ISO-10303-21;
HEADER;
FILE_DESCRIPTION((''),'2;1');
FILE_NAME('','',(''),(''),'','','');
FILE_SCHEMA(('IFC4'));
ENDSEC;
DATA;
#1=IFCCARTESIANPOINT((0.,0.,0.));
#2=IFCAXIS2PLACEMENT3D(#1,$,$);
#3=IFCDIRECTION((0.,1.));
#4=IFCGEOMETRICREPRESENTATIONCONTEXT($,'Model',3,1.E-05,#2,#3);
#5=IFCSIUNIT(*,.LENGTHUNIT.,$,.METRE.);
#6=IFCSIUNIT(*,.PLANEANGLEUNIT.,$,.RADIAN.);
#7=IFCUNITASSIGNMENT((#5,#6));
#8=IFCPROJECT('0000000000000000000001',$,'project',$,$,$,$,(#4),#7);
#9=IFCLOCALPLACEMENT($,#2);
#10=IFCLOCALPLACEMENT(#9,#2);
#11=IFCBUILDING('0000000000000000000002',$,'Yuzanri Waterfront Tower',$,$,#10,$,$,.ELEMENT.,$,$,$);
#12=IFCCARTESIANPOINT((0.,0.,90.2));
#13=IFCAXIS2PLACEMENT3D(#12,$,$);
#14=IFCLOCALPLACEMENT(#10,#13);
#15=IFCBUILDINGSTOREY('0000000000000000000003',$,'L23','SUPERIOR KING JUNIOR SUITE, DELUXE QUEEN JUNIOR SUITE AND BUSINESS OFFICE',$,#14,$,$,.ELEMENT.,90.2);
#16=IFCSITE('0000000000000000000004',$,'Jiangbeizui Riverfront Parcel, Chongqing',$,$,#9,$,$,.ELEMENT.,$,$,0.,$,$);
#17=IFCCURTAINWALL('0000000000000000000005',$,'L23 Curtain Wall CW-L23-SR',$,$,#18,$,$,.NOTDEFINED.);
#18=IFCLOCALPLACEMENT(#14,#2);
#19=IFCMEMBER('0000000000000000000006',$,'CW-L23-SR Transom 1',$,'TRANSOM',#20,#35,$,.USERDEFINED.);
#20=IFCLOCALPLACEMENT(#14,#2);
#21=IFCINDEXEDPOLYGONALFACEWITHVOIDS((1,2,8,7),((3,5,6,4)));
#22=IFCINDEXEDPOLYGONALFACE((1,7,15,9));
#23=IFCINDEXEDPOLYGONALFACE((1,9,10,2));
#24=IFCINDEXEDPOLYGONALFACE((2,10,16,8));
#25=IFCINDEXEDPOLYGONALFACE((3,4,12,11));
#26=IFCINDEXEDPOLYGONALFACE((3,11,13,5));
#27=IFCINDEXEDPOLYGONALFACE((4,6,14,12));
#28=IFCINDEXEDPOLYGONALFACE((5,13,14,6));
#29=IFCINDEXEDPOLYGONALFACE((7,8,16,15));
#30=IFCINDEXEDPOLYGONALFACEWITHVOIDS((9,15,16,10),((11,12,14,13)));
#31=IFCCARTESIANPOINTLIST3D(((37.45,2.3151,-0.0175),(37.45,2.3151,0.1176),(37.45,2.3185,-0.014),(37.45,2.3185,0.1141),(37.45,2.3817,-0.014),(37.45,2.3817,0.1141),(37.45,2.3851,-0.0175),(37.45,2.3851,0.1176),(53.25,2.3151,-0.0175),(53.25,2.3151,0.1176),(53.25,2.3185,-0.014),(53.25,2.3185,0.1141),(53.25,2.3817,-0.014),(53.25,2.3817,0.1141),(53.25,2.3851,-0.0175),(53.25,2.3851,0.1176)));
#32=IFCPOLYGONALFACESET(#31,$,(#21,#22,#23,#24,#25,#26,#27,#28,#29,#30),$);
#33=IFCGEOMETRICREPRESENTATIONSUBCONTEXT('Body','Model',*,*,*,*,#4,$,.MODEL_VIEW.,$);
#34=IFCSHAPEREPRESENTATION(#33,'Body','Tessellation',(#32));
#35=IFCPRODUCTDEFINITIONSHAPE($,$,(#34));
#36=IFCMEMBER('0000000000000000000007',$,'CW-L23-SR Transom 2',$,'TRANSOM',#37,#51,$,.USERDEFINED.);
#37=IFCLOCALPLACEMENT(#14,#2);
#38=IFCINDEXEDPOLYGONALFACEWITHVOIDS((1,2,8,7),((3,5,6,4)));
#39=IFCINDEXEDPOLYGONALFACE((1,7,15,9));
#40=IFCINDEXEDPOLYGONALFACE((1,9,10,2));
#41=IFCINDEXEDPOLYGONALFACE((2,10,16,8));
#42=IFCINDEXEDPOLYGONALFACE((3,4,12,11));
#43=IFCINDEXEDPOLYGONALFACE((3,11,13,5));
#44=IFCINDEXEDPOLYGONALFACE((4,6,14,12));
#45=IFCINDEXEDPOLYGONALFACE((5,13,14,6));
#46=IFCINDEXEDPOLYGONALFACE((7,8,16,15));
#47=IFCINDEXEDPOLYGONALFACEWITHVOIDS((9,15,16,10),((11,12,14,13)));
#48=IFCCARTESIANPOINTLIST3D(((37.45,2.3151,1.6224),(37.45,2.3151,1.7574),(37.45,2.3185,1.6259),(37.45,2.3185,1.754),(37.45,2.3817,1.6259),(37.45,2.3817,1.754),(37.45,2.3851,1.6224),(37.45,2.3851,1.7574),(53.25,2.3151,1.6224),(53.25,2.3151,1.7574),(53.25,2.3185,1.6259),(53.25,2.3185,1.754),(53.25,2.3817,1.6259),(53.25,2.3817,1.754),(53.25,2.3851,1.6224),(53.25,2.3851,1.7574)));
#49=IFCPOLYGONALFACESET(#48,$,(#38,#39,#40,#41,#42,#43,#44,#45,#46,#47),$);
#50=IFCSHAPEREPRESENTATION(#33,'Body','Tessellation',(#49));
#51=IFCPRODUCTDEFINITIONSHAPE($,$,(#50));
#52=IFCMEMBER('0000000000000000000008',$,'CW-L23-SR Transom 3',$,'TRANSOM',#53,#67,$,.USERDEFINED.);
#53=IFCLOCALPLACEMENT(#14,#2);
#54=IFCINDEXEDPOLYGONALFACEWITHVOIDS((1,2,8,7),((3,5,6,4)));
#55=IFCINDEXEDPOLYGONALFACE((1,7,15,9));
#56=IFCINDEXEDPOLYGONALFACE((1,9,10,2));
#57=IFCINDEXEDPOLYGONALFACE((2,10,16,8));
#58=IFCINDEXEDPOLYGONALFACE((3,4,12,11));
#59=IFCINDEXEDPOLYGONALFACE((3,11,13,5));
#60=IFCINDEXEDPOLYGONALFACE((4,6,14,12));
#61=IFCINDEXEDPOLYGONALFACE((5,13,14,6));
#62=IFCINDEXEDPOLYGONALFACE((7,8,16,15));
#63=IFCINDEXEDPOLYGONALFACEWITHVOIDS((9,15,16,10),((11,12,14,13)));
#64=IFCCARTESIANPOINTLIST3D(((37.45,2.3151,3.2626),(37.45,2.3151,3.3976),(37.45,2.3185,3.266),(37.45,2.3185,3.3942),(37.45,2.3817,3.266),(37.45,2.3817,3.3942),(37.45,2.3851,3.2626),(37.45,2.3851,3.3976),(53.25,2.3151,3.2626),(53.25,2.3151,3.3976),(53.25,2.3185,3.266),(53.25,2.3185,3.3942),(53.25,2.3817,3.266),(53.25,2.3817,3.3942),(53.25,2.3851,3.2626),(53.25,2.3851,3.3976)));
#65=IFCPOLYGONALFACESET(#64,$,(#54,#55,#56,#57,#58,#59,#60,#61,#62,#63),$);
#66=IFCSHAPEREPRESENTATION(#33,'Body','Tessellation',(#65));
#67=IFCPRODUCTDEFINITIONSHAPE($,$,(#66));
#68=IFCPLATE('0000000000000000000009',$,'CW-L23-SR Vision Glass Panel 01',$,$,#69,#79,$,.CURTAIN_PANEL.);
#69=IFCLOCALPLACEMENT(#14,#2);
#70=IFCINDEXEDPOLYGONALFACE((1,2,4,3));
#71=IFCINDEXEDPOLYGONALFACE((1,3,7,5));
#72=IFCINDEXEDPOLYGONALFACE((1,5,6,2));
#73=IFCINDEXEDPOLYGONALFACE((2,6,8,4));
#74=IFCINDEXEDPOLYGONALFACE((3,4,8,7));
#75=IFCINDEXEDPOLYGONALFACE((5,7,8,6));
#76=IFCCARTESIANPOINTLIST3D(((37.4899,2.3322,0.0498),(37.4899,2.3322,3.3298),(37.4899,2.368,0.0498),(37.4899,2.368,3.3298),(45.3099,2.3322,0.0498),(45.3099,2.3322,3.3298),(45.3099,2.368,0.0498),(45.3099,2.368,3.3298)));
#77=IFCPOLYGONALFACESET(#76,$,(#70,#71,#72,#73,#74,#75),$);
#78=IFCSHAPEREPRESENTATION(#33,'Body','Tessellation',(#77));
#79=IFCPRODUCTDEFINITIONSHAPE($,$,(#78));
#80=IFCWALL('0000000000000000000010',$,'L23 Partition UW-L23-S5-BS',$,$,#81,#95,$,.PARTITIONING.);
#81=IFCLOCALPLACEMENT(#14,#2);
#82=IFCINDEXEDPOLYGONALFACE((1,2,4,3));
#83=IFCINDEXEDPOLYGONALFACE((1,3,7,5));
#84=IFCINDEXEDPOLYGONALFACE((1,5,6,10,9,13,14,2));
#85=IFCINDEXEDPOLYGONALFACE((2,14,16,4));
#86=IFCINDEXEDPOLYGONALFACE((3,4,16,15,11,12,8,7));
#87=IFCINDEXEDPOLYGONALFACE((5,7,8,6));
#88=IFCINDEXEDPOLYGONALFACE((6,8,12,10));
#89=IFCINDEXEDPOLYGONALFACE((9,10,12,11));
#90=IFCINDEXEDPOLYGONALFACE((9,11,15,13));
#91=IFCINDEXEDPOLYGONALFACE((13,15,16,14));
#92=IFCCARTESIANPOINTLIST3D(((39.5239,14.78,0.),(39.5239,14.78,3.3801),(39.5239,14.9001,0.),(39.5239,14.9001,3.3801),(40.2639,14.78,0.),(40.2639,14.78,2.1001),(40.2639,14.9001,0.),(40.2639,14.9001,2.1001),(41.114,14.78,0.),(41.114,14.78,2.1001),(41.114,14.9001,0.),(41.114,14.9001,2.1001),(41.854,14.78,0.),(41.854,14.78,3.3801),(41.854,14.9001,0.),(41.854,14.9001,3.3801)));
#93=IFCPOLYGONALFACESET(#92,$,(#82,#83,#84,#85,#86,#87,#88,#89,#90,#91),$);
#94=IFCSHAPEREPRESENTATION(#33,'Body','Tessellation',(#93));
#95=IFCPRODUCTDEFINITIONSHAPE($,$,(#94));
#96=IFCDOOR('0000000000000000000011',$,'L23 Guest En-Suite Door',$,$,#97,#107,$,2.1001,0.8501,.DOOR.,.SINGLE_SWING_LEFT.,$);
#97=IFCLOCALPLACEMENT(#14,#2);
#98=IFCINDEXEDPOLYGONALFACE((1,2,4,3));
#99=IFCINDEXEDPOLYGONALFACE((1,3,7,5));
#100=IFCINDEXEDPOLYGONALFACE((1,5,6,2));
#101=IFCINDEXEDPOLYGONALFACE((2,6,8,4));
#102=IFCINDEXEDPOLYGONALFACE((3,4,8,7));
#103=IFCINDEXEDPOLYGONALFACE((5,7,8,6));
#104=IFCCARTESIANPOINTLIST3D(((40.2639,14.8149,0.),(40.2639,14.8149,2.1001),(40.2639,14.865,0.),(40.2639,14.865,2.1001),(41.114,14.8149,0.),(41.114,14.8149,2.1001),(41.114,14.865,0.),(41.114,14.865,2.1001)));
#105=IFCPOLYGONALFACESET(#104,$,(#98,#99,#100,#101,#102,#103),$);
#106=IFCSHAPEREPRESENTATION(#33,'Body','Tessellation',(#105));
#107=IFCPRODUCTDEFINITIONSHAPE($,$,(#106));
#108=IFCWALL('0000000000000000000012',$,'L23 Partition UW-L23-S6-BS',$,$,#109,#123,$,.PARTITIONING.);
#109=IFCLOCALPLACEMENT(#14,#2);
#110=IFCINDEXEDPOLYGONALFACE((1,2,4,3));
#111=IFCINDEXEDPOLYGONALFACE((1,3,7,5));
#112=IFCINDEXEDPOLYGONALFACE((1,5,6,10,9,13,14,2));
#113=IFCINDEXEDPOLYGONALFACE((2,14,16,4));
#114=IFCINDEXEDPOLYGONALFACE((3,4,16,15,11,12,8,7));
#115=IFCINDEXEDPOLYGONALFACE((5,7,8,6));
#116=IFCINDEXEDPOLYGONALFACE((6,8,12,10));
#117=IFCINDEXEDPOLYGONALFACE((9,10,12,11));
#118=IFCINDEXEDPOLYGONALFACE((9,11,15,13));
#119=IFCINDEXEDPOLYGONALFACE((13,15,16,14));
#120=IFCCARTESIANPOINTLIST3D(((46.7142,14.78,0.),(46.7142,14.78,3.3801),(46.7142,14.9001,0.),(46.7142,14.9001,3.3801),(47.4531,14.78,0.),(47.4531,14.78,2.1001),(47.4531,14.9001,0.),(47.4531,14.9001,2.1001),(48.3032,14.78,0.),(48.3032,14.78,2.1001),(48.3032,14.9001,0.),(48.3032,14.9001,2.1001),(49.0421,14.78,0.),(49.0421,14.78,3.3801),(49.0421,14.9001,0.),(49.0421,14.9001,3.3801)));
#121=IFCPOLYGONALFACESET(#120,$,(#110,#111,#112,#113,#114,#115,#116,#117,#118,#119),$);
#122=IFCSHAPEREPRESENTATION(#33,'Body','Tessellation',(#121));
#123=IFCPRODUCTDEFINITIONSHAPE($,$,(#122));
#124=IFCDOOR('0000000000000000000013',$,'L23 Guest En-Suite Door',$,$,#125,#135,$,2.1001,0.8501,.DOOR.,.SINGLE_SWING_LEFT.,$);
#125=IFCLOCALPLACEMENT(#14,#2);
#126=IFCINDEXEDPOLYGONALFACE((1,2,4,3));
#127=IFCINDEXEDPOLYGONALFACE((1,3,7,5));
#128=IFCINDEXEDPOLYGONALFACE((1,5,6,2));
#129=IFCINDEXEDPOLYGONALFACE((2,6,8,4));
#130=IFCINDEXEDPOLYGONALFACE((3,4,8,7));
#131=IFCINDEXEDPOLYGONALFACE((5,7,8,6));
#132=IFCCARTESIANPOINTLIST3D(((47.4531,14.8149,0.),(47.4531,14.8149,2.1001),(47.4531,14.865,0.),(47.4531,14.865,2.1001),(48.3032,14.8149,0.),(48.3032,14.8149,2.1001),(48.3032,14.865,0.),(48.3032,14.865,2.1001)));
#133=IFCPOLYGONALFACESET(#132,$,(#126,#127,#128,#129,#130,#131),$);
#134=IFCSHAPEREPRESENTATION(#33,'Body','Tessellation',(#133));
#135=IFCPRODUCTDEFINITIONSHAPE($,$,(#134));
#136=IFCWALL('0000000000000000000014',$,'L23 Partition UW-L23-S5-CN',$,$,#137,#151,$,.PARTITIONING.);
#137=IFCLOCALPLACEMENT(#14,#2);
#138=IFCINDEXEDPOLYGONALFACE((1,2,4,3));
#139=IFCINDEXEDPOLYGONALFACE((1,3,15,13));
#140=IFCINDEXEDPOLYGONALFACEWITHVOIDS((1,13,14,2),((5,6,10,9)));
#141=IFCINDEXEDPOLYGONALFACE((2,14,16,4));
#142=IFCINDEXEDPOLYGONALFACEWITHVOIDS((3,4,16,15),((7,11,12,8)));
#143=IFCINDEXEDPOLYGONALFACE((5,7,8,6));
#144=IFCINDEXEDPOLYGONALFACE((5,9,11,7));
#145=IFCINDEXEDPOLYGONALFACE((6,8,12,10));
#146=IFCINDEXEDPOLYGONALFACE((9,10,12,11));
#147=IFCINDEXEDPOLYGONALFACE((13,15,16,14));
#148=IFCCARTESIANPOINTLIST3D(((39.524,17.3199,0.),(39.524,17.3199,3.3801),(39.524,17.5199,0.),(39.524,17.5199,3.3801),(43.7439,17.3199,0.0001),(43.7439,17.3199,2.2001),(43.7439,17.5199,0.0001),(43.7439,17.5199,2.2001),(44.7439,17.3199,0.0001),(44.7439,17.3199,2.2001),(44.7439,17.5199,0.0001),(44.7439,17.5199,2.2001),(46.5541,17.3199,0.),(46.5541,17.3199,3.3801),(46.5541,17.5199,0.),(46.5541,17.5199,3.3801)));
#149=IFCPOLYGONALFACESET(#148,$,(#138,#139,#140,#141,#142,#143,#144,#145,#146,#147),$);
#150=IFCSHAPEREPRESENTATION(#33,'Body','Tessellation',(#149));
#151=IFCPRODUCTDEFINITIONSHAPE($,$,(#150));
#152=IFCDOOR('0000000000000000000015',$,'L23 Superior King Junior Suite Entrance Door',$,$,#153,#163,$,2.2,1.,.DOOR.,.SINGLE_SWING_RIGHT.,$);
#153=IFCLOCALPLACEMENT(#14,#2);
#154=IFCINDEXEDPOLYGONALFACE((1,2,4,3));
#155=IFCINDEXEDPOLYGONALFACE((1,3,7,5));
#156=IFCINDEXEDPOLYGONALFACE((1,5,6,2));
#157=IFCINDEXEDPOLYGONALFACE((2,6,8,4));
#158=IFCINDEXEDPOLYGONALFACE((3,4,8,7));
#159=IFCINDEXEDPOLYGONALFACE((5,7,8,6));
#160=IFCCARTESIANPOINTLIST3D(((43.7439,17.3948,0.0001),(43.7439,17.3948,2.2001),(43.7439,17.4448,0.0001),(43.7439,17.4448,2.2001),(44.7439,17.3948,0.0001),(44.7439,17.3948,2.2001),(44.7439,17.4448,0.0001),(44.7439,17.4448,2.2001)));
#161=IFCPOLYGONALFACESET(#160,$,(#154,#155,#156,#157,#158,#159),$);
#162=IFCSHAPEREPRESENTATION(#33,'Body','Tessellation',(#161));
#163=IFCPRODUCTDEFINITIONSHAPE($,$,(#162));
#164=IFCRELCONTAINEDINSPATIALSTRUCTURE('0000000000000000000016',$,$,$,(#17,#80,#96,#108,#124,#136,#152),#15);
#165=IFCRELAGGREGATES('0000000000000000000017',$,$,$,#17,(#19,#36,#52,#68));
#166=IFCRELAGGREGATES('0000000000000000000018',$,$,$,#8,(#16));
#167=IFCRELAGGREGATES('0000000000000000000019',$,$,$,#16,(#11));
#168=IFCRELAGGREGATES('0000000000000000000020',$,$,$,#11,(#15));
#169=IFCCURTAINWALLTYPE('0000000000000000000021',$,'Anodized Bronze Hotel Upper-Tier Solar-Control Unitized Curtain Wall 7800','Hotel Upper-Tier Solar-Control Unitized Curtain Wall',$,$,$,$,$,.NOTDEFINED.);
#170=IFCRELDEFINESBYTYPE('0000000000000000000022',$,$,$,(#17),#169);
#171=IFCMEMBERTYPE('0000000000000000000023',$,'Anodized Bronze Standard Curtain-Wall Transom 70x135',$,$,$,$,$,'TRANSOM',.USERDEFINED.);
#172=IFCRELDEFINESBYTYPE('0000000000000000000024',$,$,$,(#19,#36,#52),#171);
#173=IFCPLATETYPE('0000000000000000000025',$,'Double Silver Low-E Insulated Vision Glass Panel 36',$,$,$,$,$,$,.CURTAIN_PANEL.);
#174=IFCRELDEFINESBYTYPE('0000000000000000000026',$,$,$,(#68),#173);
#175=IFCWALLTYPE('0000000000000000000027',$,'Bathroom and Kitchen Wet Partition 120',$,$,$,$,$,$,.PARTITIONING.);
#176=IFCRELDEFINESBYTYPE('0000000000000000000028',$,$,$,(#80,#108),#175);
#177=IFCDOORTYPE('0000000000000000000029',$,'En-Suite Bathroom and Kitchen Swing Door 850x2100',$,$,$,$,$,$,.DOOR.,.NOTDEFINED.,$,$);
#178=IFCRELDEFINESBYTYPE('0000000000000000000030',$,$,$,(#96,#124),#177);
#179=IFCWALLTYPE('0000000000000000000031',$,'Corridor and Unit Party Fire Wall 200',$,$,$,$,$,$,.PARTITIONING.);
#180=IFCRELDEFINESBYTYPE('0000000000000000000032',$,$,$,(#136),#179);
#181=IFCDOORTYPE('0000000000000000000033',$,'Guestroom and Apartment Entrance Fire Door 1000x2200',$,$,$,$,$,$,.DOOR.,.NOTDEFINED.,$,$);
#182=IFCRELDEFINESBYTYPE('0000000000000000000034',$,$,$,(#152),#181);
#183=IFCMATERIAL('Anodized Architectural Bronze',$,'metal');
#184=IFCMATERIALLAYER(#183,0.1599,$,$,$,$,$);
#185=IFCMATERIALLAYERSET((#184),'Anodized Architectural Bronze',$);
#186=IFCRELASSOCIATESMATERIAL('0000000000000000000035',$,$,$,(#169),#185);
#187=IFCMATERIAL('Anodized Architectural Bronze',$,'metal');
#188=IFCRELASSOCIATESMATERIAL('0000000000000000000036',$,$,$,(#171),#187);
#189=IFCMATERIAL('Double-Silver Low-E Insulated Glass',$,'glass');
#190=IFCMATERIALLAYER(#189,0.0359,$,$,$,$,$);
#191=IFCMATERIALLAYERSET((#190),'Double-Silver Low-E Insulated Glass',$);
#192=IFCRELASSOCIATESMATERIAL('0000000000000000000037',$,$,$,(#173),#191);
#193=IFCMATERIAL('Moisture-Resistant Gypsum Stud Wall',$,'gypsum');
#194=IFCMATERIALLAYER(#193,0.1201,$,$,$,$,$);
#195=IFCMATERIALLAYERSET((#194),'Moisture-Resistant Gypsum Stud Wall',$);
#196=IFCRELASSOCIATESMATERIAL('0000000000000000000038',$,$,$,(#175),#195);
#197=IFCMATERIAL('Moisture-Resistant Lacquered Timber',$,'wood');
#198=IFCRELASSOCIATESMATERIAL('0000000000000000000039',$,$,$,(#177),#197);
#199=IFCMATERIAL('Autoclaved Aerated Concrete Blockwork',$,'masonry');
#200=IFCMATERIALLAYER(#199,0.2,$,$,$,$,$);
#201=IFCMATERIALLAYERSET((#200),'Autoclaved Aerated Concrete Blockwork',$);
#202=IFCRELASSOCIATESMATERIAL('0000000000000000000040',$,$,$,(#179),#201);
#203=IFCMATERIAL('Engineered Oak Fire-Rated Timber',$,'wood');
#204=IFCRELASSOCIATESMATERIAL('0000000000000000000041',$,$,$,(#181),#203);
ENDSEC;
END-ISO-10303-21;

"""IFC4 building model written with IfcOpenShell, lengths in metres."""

from ifc_helpers import new_model, si_unit, direction, frame, frame_2d, origin, origin_2d, place, context, subcontext, project, spatial, rectangle, hollow_rectangle, extrude, source, transform, mapped, material, layer, layer_set, material_profile, profile_set, type_object, element, fill, aggregate, save


model = new_model("IFC4")

# Units and contexts
model_context = context("Model", 3, precision=1e-05, world=origin(), true_north=direction((0.0, 1.0)))
body_context = subcontext(model_context, "Body", "Model", "MODEL_VIEW")
ifc_project = project(units=[si_unit("LENGTHUNIT", "METRE"), si_unit("PLANEANGLEUNIT", "RADIAN")], contexts=[model_context])

# Site, building, storey
site_placement = place(None, origin())
site = spatial("IfcSite", under=ifc_project, at=site_placement, Name="Jiangbeizui Riverfront Parcel, Chongqing", CompositionType="ELEMENT", RefElevation=0.0)
building_placement = place(site_placement, origin())
building = spatial("IfcBuilding", under=site, at=building_placement, Name="Yuzanri Waterfront Tower", CompositionType="ELEMENT")
storey_placement = place(building_placement, frame((0.0, 0.0, 90.2)))
storey = spatial("IfcBuildingStorey", under=building, at=storey_placement, Name="L23", Description="SUPERIOR KING JUNIOR SUITE, DELUXE QUEEN JUNIOR SUITE AND BUSINESS OFFICE", CompositionType="ELEMENT", Elevation=90.2)

# Shared definitions
ifc_material_1 = material(Name="Anodized Architectural Bronze", Category="metal")
ifc_layer_1 = layer(ifc_material_1, 0.1599)
ifc_layer_set_1 = layer_set([ifc_layer_1], Name="Anodized Architectural Bronze")
curtain_wall_type = type_object("IfcCurtainWallType", Name="Anodized Bronze Hotel Upper-Tier Solar-Control Unitized Curtain Wall 7800", Description="Hotel Upper-Tier Solar-Control Unitized Curtain Wall", PredefinedType="NOTDEFINED", material=ifc_layer_set_1)

# Curtain wall, members, plate
curtain_wall_1_placement = place(storey_placement, origin())
curtain_wall_1 = element("IfcCurtainWall", 1, at=curtain_wall_1_placement, inside=storey, type_object=curtain_wall_type, Name="L23 Curtain Wall CW-L23-SR", PredefinedType="NOTDEFINED")
ifc_material_2 = material(Name="Anodized Architectural Bronze", Category="metal")
ifc_material_profile_1 = material_profile(ifc_material_2, hollow_rectangle(XDim=0.0701, YDim=0.135, WallThickness=0.0034, at=origin_2d()), Name="CWT 70x135")
ifc_profile_set_1 = profile_set([ifc_material_profile_1], Name="Anodized Architectural Bronze")
member_type_1 = type_object("IfcMemberType", Name="Anodized Bronze Standard Curtain-Wall Transom 70x135", ElementType="TRANSOM", PredefinedType="USERDEFINED", material=ifc_profile_set_1)
shared_shape_1 = source(origin(), body_context, "Body", "SweptSolid", [
    extrude(hollow_rectangle(XDim=0.0701, YDim=0.135, WallThickness=0.0034, at=origin_2d()), origin(), (0.0, 0.0, 1.0), 15.8),
])
member_1_placement = place(storey_placement, frame((37.45, 2.3501, 0.05), z_axis=(1.0, 0.0, 0.0), x_axis=(0.0, 1.0, 0.0)))
member_1 = element("IfcMember", 2, at=member_1_placement, type_object=member_type_1, Name="CW-L23-SR Transom 1", ObjectType="TRANSOM", PredefinedType="USERDEFINED", context=body_context, shape_type="MappedRepresentation", body=[
    mapped(shared_shape_1, transform((0.0, 0.0, 0.0), scale=1.0)),
])
member_2_placement = place(storey_placement, frame((37.45, 2.3501, 1.6899), z_axis=(1.0, 0.0, 0.0), x_axis=(0.0, 1.0, 0.0)))
member_2 = element("IfcMember", 3, at=member_2_placement, type_object=member_type_1, Name="CW-L23-SR Transom 2", ObjectType="TRANSOM", PredefinedType="USERDEFINED", context=body_context, shape_type="MappedRepresentation", body=[
    mapped(shared_shape_1, transform((0.0, 0.0, 0.0), scale=1.0)),
])
member_3_placement = place(storey_placement, frame((37.45, 2.3501, 3.3301), z_axis=(1.0, 0.0, 0.0), x_axis=(0.0, 1.0, 0.0)))
member_3 = element("IfcMember", 4, at=member_3_placement, type_object=member_type_1, Name="CW-L23-SR Transom 3", ObjectType="TRANSOM", PredefinedType="USERDEFINED", context=body_context, shape_type="MappedRepresentation", body=[
    mapped(shared_shape_1, transform((0.0, 0.0, 0.0), scale=1.0)),
])
ifc_material_3 = material(Name="Double-Silver Low-E Insulated Glass", Category="glass")
ifc_layer_2 = layer(ifc_material_3, 0.0359)
ifc_layer_set_2 = layer_set([ifc_layer_2], Name="Double-Silver Low-E Insulated Glass")
plate_type = type_object("IfcPlateType", Name="Double Silver Low-E Insulated Vision Glass Panel 36", PredefinedType="CURTAIN_PANEL", material=ifc_layer_set_2)
shared_shape_2 = source(origin(), body_context, "Body", "SweptSolid", [
    extrude(rectangle(XDim=7.8201, YDim=0.0359, at=origin_2d()), origin(), (0.0, 0.0, 1.0), 3.28),
])
plate_placement = place(storey_placement, frame((41.3999, 2.3501, 0.0498), z_axis=(0.0, 0.0, 1.0), x_axis=(1.0, 0.0, 0.0)))
plate = element("IfcPlate", 5, at=plate_placement, type_object=plate_type, Name="CW-L23-SR Vision Glass Panel 01", PredefinedType="CURTAIN_PANEL", context=body_context, shape_type="MappedRepresentation", body=[
    mapped(shared_shape_2, transform((0.0, 0.0, 0.0), scale=1.0)),
])
aggregate(curtain_wall_1, [member_1, member_2, member_3, plate])

# Walls, openings, doors
ifc_material_4 = material(Name="Moisture-Resistant Gypsum Stud Wall", Category="gypsum")
ifc_layer_3 = layer(ifc_material_4, 0.1201)
ifc_layer_set_3 = layer_set([ifc_layer_3], Name="Moisture-Resistant Gypsum Stud Wall")
wall_type_1 = type_object("IfcWallType", Name="Bathroom and Kitchen Wet Partition 120", PredefinedType="PARTITIONING", material=ifc_layer_set_3)
wall_1_placement = place(storey_placement, frame((39.5239, 14.8401, 0.0), z_axis=(0.0, 0.0, 1.0), x_axis=(1.0, 0.0, 0.0)))
wall_1 = element("IfcWall", 6, at=wall_1_placement, inside=storey, type_object=wall_type_1, Name="L23 Partition UW-L23-S5-BS", PredefinedType="PARTITIONING", context=body_context, shape_type="SweptSolid", body=[
    extrude(rectangle(XDim=2.3301, YDim=0.1201, at=frame_2d((1.165, 0.0))), origin(), (0.0, 0.0, 1.0), 3.3801),
])
opening_1_placement = place(wall_1_placement, frame((0.74, 0.0, 0.0)))
opening_1 = element("IfcOpeningElement", 7, at=opening_1_placement, cuts=wall_1, PredefinedType="OPENING", context=body_context, shape_type="SweptSolid", body=[
    extrude(rectangle(XDim=0.8501, YDim=2.1001, at=frame_2d((0.425, 1.05))), frame((0.0, 0.075, 0.0), z_axis=(0.0, -1.0, 0.0), x_axis=(1.0, 0.0, 0.0)), (0.0, 0.0, 1.0), 0.1499),
])
ifc_material_5 = material(Name="Moisture-Resistant Lacquered Timber", Category="wood")
door_type_1 = type_object("IfcDoorType", Name="En-Suite Bathroom and Kitchen Swing Door 850x2100", OperationType="NOTDEFINED", PredefinedType="DOOR", material=ifc_material_5)
shared_shape_3 = source(origin(), body_context, "Body", "SweptSolid", [
    extrude(rectangle(XDim=0.8501, YDim=2.1001, at=frame_2d((0.425, 1.05))), frame((0.0, 0.0249, 0.0), z_axis=(0.0, -1.0, 0.0), x_axis=(1.0, 0.0, 0.0)), (0.0, 0.0, 1.0), 0.05),
])
door_1_placement = place(opening_1_placement, origin())
door_1 = element("IfcDoor", 8, at=door_1_placement, inside=storey, type_object=door_type_1, Name="L23 Guest En-Suite Door", OperationType="SINGLE_SWING_LEFT", OverallHeight=2.1001, OverallWidth=0.8501, PredefinedType="DOOR", context=body_context, shape_type="MappedRepresentation", body=[
    mapped(shared_shape_3, transform((0.0, 0.0, 0.0), scale=1.0)),
])
fill(opening_1, door_1)
wall_2_placement = place(storey_placement, frame((46.7141, 14.8401, 0.0), z_axis=(0.0, 0.0, 1.0), x_axis=(1.0, 0.0, 0.0)))
wall_2 = element("IfcWall", 9, at=wall_2_placement, inside=storey, type_object=wall_type_1, Name="L23 Partition UW-L23-S6-BS", PredefinedType="PARTITIONING", context=body_context, shape_type="SweptSolid", body=[
    extrude(rectangle(XDim=2.3279, YDim=0.1201, at=frame_2d((1.1641, 0.0))), origin(), (0.0, 0.0, 1.0), 3.3801),
])
opening_2_placement = place(wall_2_placement, frame((0.739, 0.0, 0.0)))
opening_2 = element("IfcOpeningElement", 10, at=opening_2_placement, cuts=wall_2, PredefinedType="OPENING", context=body_context, shape_type="SweptSolid", body=[
    extrude(rectangle(XDim=0.8501, YDim=2.1001, at=frame_2d((0.425, 1.05))), frame((0.0, 0.075, 0.0), z_axis=(0.0, -1.0, 0.0), x_axis=(1.0, 0.0, 0.0)), (0.0, 0.0, 1.0), 0.1499),
])
door_2_placement = place(opening_2_placement, origin())
door_2 = element("IfcDoor", 11, at=door_2_placement, inside=storey, type_object=door_type_1, Name="L23 Guest En-Suite Door", OperationType="SINGLE_SWING_LEFT", OverallHeight=2.1001, OverallWidth=0.8501, PredefinedType="DOOR", context=body_context, shape_type="MappedRepresentation", body=[
    mapped(shared_shape_3, transform((0.0, 0.0, 0.0), scale=1.0)),
])
fill(opening_2, door_2)
ifc_material_6 = material(Name="Autoclaved Aerated Concrete Blockwork", Category="masonry")
ifc_layer_4 = layer(ifc_material_6, 0.2)
ifc_layer_set_4 = layer_set([ifc_layer_4], Name="Autoclaved Aerated Concrete Blockwork")
wall_type_2 = type_object("IfcWallType", Name="Corridor and Unit Party Fire Wall 200", PredefinedType="PARTITIONING", material=ifc_layer_set_4)
wall_3_placement = place(storey_placement, frame((39.5239, 17.4199, 0.0), z_axis=(0.0, 0.0, 1.0), x_axis=(1.0, 0.0, 0.0)))
wall_3 = element("IfcWall", 12, at=wall_3_placement, inside=storey, type_object=wall_type_2, Name="L23 Partition UW-L23-S5-CN", PredefinedType="PARTITIONING", context=body_context, shape_type="SweptSolid", body=[
    extrude(rectangle(XDim=7.03, YDim=0.2, at=frame_2d((3.5151, 0.0))), origin(), (0.0, 0.0, 1.0), 3.3801),
])
opening_3_placement = place(wall_3_placement, frame((4.22, 0.0, 0.0)))
opening_3 = element("IfcOpeningElement", 13, at=opening_3_placement, cuts=wall_3, PredefinedType="OPENING", context=body_context, shape_type="SweptSolid", body=[
    extrude(rectangle(XDim=1.0, YDim=2.2, at=frame_2d((0.5, 1.1001))), frame((0.0, 0.1147, 0.0), z_axis=(0.0, -1.0, 0.0), x_axis=(1.0, 0.0, 0.0)), (0.0, 0.0, 1.0), 0.2297),
])
ifc_material_7 = material(Name="Engineered Oak Fire-Rated Timber", Category="wood")
door_type_2 = type_object("IfcDoorType", Name="Guestroom and Apartment Entrance Fire Door 1000x2200", OperationType="NOTDEFINED", PredefinedType="DOOR", material=ifc_material_7)
shared_shape_4 = source(origin(), body_context, "Body", "SweptSolid", [
    extrude(rectangle(XDim=1.0, YDim=2.2, at=frame_2d((0.5, 1.1001))), frame((0.0, 0.0249, 0.0), z_axis=(0.0, -1.0, 0.0), x_axis=(1.0, 0.0, 0.0)), (0.0, 0.0, 1.0), 0.05),
])
door_3_placement = place(opening_3_placement, origin())
door_3 = element("IfcDoor", 14, at=door_3_placement, inside=storey, type_object=door_type_2, Name="L23 Superior King Junior Suite Entrance Door", OperationType="SINGLE_SWING_RIGHT", OverallHeight=2.2, OverallWidth=1.0, PredefinedType="DOOR", context=body_context, shape_type="MappedRepresentation", body=[
    mapped(shared_shape_4, transform((0.0, 0.0, 0.0), scale=1.0)),
])
fill(opening_3, door_3)

save(model, "model.ifc")
